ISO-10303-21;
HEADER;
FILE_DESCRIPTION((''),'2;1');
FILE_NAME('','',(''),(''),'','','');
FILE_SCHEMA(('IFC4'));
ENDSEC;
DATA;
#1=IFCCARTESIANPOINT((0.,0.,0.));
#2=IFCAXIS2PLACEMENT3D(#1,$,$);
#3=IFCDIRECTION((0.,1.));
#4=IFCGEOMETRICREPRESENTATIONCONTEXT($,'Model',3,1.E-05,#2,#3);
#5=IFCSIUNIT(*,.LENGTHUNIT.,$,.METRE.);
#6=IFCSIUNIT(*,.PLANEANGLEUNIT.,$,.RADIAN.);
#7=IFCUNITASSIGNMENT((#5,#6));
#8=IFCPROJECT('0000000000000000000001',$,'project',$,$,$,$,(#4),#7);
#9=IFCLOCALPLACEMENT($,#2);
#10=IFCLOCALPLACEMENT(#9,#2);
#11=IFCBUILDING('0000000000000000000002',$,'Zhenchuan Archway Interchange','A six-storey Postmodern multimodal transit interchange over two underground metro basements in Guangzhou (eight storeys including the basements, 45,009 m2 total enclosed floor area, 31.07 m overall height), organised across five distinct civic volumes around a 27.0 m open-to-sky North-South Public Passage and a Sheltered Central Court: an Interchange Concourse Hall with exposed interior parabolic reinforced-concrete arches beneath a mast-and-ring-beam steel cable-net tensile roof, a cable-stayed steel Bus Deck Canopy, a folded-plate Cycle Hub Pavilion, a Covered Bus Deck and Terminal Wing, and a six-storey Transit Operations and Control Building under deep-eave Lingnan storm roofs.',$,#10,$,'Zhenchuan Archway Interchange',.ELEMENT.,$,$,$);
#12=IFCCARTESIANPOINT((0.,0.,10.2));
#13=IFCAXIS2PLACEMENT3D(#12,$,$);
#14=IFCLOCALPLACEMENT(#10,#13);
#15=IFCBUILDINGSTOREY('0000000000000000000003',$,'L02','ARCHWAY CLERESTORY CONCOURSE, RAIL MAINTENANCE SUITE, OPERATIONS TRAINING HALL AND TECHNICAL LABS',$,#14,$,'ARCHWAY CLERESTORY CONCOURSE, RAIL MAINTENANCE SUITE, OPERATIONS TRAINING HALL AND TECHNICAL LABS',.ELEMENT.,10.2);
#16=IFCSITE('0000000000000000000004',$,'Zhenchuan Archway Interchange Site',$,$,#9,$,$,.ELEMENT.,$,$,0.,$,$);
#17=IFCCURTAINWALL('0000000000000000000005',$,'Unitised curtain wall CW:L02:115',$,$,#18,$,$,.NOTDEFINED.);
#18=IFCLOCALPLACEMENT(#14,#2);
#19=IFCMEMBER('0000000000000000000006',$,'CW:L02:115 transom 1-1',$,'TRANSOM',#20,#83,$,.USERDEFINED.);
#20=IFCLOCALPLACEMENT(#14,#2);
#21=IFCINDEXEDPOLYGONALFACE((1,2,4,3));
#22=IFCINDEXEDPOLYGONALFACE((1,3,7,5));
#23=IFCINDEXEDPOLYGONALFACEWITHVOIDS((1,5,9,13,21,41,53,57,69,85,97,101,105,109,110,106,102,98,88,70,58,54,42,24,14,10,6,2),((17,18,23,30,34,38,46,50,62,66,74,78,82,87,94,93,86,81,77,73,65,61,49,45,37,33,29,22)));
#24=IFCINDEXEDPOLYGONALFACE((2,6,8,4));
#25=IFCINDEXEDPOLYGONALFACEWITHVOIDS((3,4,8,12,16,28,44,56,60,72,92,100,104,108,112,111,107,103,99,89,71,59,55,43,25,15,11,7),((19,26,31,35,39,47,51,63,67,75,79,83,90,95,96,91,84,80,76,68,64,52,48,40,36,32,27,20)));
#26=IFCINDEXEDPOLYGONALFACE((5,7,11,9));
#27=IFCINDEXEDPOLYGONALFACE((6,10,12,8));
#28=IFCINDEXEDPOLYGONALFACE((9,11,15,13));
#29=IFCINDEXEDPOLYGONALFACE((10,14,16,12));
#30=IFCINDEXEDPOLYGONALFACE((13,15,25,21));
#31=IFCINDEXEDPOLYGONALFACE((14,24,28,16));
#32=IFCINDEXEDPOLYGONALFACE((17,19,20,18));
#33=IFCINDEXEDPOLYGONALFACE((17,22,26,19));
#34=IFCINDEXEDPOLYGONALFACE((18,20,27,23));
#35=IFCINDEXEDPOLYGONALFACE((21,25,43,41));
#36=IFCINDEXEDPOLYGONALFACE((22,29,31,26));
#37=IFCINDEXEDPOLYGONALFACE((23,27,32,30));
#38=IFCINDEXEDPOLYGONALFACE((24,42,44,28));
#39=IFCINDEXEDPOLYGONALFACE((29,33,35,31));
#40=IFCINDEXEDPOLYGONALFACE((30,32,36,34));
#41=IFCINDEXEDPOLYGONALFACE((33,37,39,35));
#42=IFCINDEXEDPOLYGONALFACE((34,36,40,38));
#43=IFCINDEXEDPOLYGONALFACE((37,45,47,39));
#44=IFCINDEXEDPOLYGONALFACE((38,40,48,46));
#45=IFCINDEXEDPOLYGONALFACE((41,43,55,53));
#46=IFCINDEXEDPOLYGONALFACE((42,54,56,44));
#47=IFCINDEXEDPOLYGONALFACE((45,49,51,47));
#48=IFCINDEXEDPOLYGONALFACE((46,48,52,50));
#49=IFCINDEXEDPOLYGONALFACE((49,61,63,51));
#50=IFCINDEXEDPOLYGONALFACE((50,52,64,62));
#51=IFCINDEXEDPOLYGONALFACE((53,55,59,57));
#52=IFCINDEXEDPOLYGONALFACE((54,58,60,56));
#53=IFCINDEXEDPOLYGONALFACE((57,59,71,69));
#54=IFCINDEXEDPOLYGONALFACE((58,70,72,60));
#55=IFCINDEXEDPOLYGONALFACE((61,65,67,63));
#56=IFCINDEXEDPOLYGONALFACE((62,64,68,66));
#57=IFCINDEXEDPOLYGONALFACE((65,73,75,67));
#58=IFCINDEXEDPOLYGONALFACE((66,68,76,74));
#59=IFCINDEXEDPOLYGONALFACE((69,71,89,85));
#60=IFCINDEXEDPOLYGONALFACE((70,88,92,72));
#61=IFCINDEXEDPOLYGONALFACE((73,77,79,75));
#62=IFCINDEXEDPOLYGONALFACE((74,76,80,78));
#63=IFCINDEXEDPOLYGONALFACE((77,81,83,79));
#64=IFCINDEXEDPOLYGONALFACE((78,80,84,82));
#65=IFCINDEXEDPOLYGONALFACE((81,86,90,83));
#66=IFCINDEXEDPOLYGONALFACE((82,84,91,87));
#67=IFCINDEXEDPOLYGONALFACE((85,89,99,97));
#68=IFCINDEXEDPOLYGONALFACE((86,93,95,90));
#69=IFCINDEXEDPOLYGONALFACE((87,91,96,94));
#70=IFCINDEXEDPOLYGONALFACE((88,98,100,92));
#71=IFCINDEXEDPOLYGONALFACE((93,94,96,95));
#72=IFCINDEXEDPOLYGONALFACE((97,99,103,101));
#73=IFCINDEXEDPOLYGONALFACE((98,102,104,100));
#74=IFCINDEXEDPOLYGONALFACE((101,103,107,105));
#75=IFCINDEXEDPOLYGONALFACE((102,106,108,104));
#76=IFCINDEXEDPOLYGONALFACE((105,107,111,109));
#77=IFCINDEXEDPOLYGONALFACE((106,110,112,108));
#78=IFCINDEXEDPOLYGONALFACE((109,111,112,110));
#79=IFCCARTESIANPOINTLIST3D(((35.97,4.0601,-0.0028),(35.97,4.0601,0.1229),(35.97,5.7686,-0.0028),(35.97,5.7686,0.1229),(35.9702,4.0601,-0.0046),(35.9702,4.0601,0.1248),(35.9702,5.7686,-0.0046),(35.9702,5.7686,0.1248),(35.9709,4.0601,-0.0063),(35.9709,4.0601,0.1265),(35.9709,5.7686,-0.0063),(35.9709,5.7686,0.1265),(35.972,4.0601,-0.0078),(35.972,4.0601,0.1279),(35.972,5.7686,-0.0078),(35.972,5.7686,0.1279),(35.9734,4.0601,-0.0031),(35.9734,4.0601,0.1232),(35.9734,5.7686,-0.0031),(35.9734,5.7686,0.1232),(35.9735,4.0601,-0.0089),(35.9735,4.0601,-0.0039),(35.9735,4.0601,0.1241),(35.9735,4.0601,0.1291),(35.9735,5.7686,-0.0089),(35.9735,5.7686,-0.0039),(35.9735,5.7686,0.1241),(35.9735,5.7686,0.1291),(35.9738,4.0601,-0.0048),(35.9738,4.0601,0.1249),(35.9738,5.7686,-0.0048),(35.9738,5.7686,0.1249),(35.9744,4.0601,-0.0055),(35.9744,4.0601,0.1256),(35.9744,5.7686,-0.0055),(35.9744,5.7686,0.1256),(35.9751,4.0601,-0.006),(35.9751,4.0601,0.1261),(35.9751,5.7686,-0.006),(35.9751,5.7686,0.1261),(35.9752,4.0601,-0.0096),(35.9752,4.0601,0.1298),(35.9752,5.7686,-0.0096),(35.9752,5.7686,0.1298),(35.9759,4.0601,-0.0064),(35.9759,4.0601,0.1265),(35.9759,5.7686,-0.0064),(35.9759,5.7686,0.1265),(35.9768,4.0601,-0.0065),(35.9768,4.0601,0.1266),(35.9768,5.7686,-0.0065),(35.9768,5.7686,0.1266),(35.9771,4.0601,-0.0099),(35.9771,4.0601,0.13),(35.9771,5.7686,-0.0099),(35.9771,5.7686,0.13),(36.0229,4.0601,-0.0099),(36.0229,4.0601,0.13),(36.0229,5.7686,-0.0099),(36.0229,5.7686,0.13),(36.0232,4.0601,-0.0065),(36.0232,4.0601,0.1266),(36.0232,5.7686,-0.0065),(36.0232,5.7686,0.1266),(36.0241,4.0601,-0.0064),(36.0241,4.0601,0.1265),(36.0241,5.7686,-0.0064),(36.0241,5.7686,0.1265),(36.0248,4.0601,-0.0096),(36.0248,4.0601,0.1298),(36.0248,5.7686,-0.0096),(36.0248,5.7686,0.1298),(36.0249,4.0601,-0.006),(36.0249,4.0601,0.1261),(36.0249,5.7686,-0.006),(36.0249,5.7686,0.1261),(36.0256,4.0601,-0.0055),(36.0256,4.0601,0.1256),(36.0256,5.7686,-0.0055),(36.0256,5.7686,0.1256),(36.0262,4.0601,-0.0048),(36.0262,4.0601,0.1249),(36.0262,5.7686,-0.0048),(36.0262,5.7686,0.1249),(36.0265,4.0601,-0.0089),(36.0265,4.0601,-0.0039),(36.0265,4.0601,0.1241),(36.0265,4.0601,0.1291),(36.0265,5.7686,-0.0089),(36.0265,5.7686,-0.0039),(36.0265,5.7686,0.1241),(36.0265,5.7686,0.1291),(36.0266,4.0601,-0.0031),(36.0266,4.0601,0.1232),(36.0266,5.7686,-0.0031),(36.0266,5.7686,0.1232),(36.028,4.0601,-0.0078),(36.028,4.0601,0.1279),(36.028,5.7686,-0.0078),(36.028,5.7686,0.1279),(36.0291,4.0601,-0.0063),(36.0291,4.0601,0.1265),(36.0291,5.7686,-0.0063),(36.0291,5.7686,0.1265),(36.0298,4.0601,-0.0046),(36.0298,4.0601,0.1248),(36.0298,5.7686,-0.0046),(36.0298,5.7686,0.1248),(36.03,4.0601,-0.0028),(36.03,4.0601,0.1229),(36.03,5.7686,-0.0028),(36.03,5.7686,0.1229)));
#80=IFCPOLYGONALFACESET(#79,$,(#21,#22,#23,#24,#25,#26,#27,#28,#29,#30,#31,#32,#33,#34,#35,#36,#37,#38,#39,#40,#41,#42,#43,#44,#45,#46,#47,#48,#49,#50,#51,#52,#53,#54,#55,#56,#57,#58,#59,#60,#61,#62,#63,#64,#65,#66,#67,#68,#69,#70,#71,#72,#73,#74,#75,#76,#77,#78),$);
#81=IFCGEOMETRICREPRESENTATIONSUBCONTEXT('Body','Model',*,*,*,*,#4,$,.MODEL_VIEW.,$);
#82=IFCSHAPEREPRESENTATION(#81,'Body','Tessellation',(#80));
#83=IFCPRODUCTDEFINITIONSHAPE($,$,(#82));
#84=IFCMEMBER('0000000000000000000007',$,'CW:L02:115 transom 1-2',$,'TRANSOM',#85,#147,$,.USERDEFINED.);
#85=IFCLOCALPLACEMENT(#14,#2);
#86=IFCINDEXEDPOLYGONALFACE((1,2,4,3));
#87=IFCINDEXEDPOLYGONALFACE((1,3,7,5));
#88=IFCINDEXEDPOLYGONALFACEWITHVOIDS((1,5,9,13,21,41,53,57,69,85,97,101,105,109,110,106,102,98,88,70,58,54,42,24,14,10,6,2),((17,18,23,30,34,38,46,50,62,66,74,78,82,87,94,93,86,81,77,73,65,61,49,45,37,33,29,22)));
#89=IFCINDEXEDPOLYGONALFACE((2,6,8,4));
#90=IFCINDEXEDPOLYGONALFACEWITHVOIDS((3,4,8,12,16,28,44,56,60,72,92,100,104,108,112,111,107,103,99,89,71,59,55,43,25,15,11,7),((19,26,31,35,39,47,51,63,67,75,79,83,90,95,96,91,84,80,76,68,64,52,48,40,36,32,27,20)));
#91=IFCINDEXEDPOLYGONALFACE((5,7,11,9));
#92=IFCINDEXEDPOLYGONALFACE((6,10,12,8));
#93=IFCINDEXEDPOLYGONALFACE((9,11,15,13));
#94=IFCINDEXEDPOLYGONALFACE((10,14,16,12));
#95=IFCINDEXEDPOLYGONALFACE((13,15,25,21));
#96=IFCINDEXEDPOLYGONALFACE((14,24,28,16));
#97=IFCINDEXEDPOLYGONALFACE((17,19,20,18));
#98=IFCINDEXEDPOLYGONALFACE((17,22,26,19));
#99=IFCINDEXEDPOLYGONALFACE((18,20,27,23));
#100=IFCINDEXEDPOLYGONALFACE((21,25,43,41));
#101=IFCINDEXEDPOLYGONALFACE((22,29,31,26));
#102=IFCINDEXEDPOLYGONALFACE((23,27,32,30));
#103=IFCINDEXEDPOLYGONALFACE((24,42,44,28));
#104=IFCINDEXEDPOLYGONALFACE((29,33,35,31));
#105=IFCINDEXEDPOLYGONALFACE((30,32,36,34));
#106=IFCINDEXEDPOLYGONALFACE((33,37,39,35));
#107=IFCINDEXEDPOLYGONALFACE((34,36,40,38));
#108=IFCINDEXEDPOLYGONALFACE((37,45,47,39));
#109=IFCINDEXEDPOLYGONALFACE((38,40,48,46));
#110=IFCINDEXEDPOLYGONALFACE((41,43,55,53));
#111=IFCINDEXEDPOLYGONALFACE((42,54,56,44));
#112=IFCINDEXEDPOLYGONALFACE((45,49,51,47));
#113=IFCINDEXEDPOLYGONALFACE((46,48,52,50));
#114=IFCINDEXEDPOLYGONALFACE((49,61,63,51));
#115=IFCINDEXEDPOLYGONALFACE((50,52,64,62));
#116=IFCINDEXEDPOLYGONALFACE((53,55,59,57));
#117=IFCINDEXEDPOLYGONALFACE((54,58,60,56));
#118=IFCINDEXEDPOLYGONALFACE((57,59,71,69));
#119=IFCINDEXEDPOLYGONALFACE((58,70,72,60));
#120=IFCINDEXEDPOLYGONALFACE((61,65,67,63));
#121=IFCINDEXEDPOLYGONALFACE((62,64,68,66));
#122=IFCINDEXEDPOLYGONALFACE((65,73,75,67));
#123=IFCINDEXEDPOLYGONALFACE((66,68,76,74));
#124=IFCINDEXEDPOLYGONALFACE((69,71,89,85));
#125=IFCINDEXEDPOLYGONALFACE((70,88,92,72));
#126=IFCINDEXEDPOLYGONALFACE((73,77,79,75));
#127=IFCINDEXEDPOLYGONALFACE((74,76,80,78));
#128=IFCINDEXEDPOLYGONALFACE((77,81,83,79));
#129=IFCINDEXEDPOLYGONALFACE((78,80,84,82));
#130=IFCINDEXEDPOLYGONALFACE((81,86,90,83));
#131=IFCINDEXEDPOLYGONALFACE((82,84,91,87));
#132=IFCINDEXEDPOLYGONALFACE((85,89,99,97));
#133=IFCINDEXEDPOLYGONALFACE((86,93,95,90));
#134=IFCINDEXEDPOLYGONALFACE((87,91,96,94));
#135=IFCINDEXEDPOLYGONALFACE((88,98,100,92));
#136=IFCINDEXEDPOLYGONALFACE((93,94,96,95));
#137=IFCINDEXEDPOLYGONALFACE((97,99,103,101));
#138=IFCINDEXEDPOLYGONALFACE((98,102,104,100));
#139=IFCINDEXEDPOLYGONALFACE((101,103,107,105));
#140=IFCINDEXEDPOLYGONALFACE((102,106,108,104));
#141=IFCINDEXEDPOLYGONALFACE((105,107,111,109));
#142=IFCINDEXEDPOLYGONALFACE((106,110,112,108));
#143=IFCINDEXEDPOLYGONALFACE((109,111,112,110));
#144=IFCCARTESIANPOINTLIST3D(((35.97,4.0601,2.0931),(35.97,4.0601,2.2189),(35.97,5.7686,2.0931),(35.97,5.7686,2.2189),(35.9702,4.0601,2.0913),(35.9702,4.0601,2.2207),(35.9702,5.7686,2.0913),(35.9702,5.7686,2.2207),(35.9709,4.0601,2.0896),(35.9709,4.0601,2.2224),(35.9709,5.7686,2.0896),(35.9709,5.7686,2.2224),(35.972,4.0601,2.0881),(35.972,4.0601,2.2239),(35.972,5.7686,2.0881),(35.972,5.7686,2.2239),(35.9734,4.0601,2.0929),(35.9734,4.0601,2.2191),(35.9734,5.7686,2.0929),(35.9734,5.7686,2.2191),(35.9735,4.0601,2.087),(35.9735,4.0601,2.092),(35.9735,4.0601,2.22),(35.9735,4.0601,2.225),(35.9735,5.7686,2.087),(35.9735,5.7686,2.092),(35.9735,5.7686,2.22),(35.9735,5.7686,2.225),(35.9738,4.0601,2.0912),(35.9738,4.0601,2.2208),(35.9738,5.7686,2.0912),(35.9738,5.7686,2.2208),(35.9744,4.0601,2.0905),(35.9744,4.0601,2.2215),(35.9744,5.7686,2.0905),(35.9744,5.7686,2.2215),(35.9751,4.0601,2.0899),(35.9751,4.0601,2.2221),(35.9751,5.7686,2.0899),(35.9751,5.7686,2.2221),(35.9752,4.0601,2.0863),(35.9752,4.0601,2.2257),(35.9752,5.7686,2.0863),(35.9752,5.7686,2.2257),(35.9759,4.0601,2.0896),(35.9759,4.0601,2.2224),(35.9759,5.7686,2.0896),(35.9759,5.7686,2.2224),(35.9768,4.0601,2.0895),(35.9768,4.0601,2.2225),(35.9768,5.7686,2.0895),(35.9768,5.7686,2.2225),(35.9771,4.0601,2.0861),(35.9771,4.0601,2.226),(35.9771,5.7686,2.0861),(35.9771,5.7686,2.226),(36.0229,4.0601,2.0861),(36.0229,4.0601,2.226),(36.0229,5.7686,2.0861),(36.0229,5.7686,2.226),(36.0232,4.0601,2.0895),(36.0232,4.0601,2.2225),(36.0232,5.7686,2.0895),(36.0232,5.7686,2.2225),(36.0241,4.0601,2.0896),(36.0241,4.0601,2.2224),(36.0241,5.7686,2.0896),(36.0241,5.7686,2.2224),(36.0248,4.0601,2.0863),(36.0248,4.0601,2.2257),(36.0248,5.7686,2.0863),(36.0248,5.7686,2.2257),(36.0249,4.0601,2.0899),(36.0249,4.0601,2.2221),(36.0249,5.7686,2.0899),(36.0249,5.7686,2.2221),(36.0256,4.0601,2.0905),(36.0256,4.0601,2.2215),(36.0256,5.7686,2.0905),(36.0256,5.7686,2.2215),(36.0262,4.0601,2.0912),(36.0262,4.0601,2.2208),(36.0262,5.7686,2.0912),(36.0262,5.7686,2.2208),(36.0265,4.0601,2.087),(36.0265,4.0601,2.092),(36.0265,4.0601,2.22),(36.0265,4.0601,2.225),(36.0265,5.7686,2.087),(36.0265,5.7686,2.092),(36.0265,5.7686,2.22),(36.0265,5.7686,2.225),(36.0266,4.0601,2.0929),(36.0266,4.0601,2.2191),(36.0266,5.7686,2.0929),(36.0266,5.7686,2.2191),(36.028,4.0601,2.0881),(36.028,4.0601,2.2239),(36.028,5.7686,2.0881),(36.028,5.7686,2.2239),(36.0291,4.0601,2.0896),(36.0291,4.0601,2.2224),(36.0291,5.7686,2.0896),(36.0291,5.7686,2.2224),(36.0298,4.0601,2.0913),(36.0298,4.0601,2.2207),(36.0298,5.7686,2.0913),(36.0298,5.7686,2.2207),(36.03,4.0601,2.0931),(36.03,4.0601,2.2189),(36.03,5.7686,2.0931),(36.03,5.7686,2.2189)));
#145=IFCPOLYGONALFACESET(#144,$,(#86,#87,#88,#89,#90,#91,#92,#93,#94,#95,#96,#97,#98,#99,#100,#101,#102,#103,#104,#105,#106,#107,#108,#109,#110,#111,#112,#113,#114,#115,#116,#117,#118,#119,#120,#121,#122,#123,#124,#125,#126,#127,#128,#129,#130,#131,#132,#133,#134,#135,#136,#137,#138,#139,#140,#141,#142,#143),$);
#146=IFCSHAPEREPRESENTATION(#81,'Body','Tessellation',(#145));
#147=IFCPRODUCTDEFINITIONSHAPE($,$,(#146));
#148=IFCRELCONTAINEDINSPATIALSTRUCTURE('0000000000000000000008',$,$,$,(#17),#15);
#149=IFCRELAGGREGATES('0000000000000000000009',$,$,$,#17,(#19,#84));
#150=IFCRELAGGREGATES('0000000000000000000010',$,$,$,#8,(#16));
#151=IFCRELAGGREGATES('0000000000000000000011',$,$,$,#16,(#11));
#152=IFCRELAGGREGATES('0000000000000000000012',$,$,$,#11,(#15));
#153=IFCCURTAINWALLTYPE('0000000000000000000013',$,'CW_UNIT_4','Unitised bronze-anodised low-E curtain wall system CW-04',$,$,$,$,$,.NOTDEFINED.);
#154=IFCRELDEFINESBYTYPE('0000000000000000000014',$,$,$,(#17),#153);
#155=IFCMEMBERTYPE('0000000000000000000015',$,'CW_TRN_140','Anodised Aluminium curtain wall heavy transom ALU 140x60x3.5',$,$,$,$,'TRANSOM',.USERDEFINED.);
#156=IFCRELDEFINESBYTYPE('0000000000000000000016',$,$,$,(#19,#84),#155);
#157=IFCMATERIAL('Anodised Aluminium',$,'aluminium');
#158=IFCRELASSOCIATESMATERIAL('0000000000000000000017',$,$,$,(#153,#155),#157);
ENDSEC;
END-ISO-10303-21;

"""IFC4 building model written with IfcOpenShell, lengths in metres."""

from ifc_helpers import new_model, si_unit, direction, frame, origin, origin_2d, place, context, subcontext, project, spatial, hollow_rectangle, extrude, material, material_profile, profile_set, type_object, element, aggregate, save


model = new_model("IFC4")

# Units and contexts
model_context = context("Model", 3, precision=1e-05, world=origin(), true_north=direction((0.0, 1.0)))
body_context = subcontext(model_context, "Body", "Model", "MODEL_VIEW")
ifc_project = project(units=[si_unit("LENGTHUNIT", "METRE"), si_unit("PLANEANGLEUNIT", "RADIAN")], contexts=[model_context])

# Site, building, storey
site_placement = place(None, origin())
site = spatial("IfcSite", under=ifc_project, at=site_placement, Name="Zhenchuan Archway Interchange Site", CompositionType="ELEMENT", RefElevation=0.0)
building_placement = place(site_placement, origin())
building = spatial("IfcBuilding", under=site, at=building_placement, Name="Zhenchuan Archway Interchange", Description="A six-storey Postmodern multimodal transit interchange over two underground metro basements in Guangzhou (eight storeys including the basements, 45,009 m2 total enclosed floor area, 31.07 m overall height), organised across five distinct civic volumes around a 27.0 m open-to-sky North-South Public Passage and a Sheltered Central Court: an Interchange Concourse Hall with exposed interior parabolic reinforced-concrete arches beneath a mast-and-ring-beam steel cable-net tensile roof, a cable-stayed steel Bus Deck Canopy, a folded-plate Cycle Hub Pavilion, a Covered Bus Deck and Terminal Wing, and a six-storey Transit Operations and Control Building under deep-eave Lingnan storm roofs.", LongName="Zhenchuan Archway Interchange", CompositionType="ELEMENT")
storey_placement = place(building_placement, frame((0.0, 0.0, 10.2)))
storey = spatial("IfcBuildingStorey", under=building, at=storey_placement, Name="L02", Description="ARCHWAY CLERESTORY CONCOURSE, RAIL MAINTENANCE SUITE, OPERATIONS TRAINING HALL AND TECHNICAL LABS", LongName="ARCHWAY CLERESTORY CONCOURSE, RAIL MAINTENANCE SUITE, OPERATIONS TRAINING HALL AND TECHNICAL LABS", CompositionType="ELEMENT", Elevation=10.2)

# Curtain wall, members
ifc_material_1 = material(Name="Anodised Aluminium", Category="aluminium")
curtain_wall_type = type_object("IfcCurtainWallType", Name="CW_UNIT_4", Description="Unitised bronze-anodised low-E curtain wall system CW-04", PredefinedType="NOTDEFINED", material=ifc_material_1)
curtain_wall_placement = place(storey_placement, origin())
curtain_wall = element("IfcCurtainWall", 1, at=curtain_wall_placement, inside=storey, type_object=curtain_wall_type, Name="Unitised curtain wall CW:L02:115", PredefinedType="NOTDEFINED")
ifc_material_profile_1 = material_profile(ifc_material_1, hollow_rectangle(XDim=0.0601, YDim=0.1399, WallThickness=0.0034, InnerFilletRadius=0.0034, OuterFilletRadius=0.0071, at=origin_2d()), Name="ALU 140x60x3.5")
ifc_profile_set_1 = profile_set([ifc_material_profile_1], Name="Anodised Aluminium")
member_type_1 = type_object("IfcMemberType", Name="CW_TRN_140", Description="Anodised Aluminium curtain wall heavy transom ALU 140x60x3.5", ElementType="TRANSOM", PredefinedType="USERDEFINED", material=ifc_profile_set_1)
member_1_placement = place(storey_placement, frame((36.0, 5.7686, 0.0601), z_axis=(0.0, -1.0, 0.0), x_axis=(1.0, 0.0, 0.0)))
member_1 = element("IfcMember", 2, at=member_1_placement, type_object=member_type_1, Name="CW:L02:115 transom 1-1", ObjectType="TRANSOM", PredefinedType="USERDEFINED", context=body_context, shape_type="SweptSolid", body=[
    extrude(hollow_rectangle(XDim=0.0601, YDim=0.1399, WallThickness=0.0034, InnerFilletRadius=0.0034, OuterFilletRadius=0.0071, at=origin_2d()), origin(), (0.0, 0.0, 1.0), 1.7085),
])
member_2_placement = place(storey_placement, frame((36.0, 5.7686, 2.156), z_axis=(0.0, -1.0, 0.0), x_axis=(1.0, 0.0, 0.0)))
member_2 = element("IfcMember", 3, at=member_2_placement, type_object=member_type_1, Name="CW:L02:115 transom 1-2", ObjectType="TRANSOM", PredefinedType="USERDEFINED", context=body_context, shape_type="SweptSolid", body=[
    extrude(hollow_rectangle(XDim=0.0601, YDim=0.1399, WallThickness=0.0034, InnerFilletRadius=0.0034, OuterFilletRadius=0.0071, at=origin_2d()), origin(), (0.0, 0.0, 1.0), 1.7085),
])

aggregate(curtain_wall, [member_1, member_2])

save(model, "model.ifc")
